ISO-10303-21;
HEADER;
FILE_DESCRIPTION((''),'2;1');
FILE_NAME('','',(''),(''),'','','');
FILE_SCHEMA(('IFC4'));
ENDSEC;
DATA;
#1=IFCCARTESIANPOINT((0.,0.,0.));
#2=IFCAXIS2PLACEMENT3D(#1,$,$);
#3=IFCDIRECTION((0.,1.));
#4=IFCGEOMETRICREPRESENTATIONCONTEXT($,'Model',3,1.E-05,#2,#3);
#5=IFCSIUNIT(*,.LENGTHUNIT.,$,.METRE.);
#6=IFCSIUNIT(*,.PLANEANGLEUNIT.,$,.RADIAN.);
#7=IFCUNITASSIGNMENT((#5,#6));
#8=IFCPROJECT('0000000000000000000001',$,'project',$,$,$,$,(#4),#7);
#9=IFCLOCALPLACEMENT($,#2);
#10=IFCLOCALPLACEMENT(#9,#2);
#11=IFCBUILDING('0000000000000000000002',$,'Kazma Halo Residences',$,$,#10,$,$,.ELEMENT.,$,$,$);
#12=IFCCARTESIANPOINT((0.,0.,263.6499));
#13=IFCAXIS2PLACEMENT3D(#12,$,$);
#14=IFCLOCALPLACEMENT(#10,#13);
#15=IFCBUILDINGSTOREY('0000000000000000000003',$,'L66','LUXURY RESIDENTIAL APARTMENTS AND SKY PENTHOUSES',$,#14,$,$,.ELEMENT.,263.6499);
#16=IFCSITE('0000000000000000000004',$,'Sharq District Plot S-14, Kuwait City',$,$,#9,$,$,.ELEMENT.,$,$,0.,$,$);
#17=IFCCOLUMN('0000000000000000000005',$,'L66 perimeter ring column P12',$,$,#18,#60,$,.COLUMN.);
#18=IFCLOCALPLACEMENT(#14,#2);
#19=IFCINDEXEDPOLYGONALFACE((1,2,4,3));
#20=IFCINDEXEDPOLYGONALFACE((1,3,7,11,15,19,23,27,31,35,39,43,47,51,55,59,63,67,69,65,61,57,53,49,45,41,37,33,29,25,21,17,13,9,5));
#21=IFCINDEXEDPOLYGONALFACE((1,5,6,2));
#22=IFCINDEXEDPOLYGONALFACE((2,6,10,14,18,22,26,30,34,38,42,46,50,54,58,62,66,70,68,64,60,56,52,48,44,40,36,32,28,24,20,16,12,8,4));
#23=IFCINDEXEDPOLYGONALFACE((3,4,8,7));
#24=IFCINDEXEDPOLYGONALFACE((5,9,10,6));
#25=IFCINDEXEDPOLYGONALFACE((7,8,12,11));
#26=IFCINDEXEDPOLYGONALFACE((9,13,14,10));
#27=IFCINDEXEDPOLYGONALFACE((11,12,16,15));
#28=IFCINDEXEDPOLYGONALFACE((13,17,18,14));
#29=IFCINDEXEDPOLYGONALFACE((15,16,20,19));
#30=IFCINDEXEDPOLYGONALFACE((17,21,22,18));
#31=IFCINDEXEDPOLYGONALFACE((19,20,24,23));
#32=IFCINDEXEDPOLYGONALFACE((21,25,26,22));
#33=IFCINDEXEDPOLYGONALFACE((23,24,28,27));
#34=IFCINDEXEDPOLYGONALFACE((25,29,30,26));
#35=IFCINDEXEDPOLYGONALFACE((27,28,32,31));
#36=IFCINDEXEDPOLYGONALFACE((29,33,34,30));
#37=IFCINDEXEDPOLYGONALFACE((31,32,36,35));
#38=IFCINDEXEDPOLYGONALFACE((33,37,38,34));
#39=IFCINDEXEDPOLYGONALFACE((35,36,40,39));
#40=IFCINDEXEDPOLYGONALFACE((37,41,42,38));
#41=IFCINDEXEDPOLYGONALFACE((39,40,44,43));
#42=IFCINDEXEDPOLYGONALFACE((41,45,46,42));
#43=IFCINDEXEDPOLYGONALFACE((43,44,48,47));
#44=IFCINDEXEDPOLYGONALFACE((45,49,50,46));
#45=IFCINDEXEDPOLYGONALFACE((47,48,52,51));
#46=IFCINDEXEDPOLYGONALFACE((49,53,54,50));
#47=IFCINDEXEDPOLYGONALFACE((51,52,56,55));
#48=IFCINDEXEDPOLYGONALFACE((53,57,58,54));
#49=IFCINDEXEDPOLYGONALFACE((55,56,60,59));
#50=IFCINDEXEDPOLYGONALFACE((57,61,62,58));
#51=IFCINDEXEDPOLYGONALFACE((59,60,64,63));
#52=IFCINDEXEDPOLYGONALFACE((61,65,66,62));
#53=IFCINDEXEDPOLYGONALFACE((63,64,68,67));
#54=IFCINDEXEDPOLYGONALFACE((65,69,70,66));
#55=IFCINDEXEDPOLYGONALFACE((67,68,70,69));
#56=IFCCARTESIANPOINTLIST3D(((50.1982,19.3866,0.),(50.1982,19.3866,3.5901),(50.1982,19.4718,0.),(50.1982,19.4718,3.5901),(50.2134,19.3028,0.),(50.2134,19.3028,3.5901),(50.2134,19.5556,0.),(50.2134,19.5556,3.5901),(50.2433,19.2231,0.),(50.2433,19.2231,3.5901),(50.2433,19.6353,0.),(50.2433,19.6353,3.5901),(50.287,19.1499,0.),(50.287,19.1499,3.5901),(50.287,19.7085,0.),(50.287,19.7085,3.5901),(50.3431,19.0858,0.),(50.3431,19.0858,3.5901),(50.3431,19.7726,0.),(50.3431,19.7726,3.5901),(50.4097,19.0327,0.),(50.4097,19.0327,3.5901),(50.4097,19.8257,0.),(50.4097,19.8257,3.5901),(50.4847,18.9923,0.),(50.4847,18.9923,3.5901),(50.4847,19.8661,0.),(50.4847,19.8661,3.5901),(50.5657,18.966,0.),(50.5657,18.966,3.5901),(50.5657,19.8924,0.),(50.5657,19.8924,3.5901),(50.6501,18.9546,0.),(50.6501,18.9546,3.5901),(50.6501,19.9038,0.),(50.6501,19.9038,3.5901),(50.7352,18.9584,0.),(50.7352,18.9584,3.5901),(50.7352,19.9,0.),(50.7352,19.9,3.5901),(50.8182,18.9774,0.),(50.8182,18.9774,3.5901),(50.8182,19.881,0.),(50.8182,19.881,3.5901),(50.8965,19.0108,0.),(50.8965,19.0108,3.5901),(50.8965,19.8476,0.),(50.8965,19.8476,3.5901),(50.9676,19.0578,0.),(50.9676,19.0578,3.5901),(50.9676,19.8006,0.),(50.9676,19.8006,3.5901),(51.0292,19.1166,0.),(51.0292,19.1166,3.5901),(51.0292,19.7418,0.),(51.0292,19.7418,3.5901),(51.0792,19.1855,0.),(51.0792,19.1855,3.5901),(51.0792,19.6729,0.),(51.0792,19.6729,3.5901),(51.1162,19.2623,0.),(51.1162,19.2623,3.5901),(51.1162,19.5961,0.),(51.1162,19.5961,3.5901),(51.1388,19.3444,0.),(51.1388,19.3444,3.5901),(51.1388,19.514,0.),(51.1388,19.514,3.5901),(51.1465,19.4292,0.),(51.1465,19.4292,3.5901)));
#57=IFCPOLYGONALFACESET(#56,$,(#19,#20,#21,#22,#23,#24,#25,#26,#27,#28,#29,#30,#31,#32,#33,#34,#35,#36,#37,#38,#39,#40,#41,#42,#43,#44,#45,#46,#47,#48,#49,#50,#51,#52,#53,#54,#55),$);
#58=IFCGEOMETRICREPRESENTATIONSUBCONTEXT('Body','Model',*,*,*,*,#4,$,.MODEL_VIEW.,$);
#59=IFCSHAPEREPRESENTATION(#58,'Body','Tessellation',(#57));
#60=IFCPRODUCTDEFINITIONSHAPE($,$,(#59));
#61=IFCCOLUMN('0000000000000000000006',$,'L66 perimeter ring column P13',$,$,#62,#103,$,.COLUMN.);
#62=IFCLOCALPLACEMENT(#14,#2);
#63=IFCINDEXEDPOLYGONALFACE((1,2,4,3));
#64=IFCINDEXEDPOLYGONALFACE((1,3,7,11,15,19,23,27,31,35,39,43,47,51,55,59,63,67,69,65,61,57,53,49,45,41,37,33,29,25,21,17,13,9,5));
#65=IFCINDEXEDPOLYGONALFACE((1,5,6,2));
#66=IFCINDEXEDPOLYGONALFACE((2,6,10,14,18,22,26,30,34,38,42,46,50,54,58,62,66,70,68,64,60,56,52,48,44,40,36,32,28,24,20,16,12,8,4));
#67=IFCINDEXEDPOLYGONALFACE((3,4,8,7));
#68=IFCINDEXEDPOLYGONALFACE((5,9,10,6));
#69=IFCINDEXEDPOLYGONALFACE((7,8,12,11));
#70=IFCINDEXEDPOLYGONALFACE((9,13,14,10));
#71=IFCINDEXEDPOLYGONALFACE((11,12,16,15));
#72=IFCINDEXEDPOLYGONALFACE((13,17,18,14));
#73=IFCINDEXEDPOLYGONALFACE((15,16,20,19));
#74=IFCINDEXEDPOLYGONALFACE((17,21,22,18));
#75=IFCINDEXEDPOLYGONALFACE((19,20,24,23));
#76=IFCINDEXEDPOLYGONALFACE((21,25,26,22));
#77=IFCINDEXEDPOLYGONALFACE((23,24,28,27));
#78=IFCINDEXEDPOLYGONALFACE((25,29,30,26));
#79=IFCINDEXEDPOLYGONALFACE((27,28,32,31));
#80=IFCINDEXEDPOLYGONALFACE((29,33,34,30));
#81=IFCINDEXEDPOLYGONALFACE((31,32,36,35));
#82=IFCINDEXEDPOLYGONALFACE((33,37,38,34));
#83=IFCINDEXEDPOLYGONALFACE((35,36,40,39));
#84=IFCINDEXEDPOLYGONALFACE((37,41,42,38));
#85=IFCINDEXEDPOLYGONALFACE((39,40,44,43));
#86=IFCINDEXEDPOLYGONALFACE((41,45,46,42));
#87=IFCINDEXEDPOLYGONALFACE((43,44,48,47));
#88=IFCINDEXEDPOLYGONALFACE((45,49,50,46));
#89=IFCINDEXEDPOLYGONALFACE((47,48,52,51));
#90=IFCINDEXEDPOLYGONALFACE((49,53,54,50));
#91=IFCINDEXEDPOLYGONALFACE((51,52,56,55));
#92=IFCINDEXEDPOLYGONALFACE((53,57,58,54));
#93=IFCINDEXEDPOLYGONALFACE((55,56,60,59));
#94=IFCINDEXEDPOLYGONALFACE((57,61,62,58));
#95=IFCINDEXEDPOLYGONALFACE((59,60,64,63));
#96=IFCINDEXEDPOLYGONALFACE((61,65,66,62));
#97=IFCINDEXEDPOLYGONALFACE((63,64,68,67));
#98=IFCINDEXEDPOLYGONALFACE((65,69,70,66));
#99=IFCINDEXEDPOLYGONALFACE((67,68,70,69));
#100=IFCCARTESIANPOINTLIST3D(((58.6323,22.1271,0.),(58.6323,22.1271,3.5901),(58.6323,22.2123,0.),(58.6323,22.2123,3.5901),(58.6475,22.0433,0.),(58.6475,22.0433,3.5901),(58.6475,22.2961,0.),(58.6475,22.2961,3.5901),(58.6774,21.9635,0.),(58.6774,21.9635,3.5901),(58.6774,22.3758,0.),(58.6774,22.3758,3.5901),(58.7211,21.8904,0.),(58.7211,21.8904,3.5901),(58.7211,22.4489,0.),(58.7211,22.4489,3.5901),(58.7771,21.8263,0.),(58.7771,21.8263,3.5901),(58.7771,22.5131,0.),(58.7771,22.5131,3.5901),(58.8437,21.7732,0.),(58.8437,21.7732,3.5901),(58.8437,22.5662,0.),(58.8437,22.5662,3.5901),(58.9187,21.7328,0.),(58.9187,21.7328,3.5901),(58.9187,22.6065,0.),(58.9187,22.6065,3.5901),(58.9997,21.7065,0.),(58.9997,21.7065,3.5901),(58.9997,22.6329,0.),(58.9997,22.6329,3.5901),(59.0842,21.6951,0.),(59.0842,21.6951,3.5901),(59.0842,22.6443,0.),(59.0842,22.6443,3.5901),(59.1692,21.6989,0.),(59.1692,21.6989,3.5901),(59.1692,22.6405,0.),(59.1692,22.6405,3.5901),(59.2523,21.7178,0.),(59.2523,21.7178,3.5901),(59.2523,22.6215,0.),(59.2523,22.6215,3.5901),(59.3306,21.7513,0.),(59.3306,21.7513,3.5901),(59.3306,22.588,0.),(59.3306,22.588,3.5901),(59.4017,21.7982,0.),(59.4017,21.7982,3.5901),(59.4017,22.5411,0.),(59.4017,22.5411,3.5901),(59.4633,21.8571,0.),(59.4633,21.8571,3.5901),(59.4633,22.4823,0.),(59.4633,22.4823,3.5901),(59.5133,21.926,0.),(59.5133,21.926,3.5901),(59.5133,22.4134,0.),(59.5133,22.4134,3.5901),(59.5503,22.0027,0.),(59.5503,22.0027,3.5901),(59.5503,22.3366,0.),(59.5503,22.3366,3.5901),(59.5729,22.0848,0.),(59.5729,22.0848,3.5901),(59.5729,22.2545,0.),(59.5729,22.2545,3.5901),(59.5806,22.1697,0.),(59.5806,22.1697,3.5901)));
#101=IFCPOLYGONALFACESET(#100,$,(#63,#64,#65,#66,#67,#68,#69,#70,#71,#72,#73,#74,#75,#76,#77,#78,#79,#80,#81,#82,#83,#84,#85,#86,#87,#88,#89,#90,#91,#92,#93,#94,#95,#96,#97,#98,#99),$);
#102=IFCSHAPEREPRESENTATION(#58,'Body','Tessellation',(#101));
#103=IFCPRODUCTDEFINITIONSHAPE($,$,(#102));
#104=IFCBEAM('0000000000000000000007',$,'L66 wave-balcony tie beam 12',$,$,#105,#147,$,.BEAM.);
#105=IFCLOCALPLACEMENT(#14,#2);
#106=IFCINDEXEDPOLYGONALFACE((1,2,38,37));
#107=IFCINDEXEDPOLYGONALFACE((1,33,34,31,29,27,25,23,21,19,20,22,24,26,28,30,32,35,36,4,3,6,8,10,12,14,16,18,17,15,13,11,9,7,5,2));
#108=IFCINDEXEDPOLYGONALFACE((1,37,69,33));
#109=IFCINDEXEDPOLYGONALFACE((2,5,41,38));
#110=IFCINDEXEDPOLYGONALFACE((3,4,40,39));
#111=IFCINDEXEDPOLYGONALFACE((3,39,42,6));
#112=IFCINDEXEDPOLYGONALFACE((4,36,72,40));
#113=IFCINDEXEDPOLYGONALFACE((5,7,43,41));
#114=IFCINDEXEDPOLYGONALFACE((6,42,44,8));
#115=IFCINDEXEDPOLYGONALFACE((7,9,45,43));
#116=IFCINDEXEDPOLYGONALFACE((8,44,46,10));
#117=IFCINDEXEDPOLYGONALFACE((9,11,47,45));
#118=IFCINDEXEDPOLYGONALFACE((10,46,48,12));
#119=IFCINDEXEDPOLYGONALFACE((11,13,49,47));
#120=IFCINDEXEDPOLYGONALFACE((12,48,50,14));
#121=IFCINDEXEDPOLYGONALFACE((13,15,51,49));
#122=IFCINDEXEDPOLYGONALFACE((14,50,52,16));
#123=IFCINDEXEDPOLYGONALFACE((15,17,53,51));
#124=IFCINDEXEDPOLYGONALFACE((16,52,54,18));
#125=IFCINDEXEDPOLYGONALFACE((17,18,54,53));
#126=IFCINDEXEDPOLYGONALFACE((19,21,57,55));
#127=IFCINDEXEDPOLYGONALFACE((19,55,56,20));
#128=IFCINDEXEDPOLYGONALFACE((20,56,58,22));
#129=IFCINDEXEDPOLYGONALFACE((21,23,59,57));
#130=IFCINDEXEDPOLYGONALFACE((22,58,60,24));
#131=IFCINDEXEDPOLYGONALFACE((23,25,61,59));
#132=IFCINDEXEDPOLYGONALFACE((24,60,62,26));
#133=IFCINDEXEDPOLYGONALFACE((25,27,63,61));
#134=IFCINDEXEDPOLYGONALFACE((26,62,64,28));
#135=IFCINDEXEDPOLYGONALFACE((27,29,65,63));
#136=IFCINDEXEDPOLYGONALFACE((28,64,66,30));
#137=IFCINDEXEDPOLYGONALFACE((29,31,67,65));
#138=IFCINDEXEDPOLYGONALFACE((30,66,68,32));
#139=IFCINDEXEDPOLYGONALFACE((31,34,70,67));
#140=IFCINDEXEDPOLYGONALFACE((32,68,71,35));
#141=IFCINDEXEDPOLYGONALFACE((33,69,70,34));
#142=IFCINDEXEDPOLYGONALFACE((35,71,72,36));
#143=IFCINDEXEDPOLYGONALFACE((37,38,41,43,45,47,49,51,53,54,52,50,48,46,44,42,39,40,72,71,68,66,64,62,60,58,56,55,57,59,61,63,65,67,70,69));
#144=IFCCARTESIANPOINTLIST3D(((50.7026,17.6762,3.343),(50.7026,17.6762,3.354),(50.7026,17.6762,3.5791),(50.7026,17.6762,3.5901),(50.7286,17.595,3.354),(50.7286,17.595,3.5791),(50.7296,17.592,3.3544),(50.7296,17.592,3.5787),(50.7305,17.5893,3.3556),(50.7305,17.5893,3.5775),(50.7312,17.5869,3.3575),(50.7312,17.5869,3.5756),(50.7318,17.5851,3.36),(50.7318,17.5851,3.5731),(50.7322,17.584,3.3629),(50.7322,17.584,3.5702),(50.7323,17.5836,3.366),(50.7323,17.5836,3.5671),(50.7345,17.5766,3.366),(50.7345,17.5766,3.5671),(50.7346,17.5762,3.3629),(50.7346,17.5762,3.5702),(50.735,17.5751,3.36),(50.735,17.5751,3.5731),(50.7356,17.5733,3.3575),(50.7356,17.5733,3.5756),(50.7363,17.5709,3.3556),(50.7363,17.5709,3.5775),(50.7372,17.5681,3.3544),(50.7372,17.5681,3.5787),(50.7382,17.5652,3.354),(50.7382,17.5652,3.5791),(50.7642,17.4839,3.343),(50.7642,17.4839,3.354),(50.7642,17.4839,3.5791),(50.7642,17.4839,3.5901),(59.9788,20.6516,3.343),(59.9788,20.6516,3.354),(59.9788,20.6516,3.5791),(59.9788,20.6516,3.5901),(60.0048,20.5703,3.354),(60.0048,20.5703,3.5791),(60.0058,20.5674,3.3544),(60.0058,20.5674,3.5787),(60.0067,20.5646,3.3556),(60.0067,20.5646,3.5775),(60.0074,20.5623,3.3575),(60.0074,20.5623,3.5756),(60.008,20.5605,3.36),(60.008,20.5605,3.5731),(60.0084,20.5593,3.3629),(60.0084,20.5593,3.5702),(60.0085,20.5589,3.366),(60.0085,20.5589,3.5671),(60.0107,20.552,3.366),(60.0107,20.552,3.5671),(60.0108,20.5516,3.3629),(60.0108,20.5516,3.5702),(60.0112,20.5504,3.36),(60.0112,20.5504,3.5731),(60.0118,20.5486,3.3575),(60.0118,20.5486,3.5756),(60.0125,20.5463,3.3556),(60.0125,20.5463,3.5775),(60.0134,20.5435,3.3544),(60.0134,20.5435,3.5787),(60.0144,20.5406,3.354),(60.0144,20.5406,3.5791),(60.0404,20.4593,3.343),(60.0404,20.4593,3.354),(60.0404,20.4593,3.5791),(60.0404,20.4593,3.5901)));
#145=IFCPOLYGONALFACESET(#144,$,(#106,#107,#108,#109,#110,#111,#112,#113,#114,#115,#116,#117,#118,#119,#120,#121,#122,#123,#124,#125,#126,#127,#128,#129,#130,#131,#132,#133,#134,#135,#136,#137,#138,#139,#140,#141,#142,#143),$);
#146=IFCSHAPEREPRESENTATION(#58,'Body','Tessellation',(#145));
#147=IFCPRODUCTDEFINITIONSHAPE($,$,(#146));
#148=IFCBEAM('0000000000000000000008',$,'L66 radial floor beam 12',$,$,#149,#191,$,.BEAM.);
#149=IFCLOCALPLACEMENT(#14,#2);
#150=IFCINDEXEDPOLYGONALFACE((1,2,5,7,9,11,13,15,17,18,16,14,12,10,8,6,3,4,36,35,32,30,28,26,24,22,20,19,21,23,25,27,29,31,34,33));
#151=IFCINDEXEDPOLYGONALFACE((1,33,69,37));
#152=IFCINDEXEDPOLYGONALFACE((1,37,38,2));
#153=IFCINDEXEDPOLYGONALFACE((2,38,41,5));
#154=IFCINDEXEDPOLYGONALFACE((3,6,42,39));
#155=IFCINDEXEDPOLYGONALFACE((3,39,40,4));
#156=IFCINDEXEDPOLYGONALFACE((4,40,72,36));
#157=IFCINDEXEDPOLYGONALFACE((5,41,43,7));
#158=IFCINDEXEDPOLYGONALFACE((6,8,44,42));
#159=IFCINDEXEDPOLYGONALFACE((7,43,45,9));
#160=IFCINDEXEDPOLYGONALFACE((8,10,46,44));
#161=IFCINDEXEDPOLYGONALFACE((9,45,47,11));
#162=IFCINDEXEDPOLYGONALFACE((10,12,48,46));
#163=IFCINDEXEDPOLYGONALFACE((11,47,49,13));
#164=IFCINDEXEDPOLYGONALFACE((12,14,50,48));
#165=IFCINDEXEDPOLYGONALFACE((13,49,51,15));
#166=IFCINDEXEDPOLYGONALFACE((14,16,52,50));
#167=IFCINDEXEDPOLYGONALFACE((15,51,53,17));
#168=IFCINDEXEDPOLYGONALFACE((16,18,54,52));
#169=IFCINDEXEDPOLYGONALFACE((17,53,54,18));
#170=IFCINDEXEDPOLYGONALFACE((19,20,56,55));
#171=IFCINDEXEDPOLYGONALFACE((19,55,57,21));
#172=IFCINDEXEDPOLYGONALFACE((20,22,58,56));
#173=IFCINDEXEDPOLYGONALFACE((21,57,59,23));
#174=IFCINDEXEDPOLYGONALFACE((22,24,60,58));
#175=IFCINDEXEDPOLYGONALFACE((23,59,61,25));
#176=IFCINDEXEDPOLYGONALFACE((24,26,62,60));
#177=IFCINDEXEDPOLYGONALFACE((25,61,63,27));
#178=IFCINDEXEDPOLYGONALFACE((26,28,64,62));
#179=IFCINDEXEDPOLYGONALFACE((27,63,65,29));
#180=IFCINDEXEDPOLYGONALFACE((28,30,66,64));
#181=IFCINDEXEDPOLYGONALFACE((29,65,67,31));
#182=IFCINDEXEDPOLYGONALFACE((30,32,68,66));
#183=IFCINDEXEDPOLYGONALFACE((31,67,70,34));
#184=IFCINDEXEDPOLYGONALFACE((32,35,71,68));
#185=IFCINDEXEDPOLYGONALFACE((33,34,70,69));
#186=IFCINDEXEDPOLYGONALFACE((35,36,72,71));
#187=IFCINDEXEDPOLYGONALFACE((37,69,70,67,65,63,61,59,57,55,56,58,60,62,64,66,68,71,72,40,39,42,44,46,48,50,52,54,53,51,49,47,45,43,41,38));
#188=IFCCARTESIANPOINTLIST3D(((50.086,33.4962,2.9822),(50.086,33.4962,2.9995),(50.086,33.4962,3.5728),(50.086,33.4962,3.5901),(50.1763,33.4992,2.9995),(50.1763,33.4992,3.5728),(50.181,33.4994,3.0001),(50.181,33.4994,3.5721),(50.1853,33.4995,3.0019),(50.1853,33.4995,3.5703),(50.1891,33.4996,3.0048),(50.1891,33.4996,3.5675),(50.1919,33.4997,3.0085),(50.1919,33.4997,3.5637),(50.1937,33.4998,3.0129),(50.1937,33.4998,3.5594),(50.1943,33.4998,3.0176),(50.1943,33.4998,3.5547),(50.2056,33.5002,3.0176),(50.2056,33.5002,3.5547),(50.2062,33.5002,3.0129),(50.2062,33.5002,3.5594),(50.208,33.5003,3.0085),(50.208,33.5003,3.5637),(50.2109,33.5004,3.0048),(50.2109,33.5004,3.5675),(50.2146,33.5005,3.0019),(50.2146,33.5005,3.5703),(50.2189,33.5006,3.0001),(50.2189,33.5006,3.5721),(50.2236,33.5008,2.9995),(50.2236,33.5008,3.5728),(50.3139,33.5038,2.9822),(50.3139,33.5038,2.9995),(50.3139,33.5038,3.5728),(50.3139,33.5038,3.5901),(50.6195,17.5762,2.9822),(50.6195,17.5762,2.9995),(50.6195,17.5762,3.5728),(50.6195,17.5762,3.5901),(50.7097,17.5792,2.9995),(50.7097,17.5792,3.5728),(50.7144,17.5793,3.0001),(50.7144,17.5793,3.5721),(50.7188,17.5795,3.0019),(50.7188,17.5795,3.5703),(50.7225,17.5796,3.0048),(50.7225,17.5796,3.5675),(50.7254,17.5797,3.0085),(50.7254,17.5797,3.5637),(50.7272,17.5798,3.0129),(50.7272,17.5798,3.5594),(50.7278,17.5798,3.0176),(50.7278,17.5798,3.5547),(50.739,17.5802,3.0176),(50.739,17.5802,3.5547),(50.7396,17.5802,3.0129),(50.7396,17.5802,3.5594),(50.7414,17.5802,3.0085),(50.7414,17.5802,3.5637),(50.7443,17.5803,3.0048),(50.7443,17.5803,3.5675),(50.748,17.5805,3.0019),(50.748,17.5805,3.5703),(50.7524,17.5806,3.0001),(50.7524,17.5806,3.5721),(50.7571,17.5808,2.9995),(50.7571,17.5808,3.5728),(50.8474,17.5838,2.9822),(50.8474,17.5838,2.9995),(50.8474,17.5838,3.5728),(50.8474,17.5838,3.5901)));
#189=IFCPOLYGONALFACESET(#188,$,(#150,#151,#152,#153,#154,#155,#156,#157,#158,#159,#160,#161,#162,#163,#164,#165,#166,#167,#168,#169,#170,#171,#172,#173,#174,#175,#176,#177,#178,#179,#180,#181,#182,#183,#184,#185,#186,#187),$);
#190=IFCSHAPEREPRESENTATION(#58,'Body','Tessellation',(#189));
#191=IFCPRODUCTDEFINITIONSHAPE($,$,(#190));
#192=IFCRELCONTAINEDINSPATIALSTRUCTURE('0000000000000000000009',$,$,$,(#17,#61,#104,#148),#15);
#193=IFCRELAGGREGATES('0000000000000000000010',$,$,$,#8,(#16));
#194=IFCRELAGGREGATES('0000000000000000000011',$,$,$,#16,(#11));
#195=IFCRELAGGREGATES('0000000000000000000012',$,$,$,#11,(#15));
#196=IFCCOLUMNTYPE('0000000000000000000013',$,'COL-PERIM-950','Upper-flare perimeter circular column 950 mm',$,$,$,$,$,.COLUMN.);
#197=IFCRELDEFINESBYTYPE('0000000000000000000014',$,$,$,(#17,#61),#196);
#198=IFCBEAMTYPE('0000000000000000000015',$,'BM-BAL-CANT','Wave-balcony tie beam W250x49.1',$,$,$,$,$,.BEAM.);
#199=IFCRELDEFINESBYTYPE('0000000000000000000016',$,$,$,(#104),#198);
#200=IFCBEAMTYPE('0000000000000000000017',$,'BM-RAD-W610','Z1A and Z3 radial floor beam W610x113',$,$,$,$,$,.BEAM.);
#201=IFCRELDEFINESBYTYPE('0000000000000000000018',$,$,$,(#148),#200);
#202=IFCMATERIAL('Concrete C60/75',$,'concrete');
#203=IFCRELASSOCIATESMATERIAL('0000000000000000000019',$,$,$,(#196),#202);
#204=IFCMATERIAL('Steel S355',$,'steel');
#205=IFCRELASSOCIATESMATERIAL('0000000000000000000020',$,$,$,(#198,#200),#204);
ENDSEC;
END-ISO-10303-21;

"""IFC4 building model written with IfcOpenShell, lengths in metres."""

from ifc_helpers import new_model, si_unit, direction, frame, origin, origin_2d, place, context, subcontext, project, spatial, circle, i_section, extrude, material, material_profile, profile_set, type_object, element, save


model = new_model("IFC4")

# Units and contexts
model_context = context("Model", 3, precision=1e-05, world=origin(), true_north=direction((0.0, 1.0)))
body_context = subcontext(model_context, "Body", "Model", "MODEL_VIEW")
ifc_project = project(units=[si_unit("LENGTHUNIT", "METRE"), si_unit("PLANEANGLEUNIT", "RADIAN")], contexts=[model_context])

# Site, building, storey
site_placement = place(None, origin())
site = spatial("IfcSite", under=ifc_project, at=site_placement, Name="Sharq District Plot S-14, Kuwait City", CompositionType="ELEMENT", RefElevation=0.0)
building_placement = place(site_placement, origin())
building = spatial("IfcBuilding", under=site, at=building_placement, Name="Kazma Halo Residences", CompositionType="ELEMENT")
storey_placement = place(building_placement, frame((0.0, 0.0, 263.6499)))
storey = spatial("IfcBuildingStorey", under=building, at=storey_placement, Name="L66", Description="LUXURY RESIDENTIAL APARTMENTS AND SKY PENTHOUSES", CompositionType="ELEMENT", Elevation=263.6499)

# Columns
ifc_material_1 = material(Name="Concrete C60/75", Category="concrete")
ifc_material_profile_1 = material_profile(ifc_material_1, circle(Radius=0.4751, at=origin_2d()), Name="CIRC950")
ifc_profile_set_1 = profile_set([ifc_material_profile_1], Name="Concrete C60/75")
column_type = type_object("IfcColumnType", Name="COL-PERIM-950", Description="Upper-flare perimeter circular column 950 mm", PredefinedType="COLUMN", material=ifc_profile_set_1)
for number, where, z_axis, x_axis, name in (
    (1, (50.6714, 19.4292, 0.0), (0.0, 0.0, 1.0), (1.0, 0.0, 0.0), "L66 perimeter ring column P12"),
    (2, (59.1055, 22.1697, 0.0), (0.0, 0.0, 1.0), (1.0, 0.0, 0.0), "L66 perimeter ring column P13"),
):
    element("IfcColumn", number, at=place(storey_placement, frame(where, z_axis=z_axis, x_axis=x_axis)), inside=storey, type_object=column_type, Name=name, PredefinedType="COLUMN", context=body_context, shape_type="SweptSolid", body=[
        extrude(circle(Radius=0.4751, at=origin_2d()), origin(), (0.0, 0.0, 1.0), 3.5901),
    ])

# Beams
ifc_material_2 = material(Name="Steel S355", Category="steel")
ifc_material_profile_2 = material_profile(ifc_material_2, i_section(OverallWidth=0.2019, OverallDepth=0.2471, WebThickness=0.0073, FlangeThickness=0.011, FilletRadius=0.012, at=origin_2d()), Name="W250x49.1")
ifc_profile_set_2 = profile_set([ifc_material_profile_2], Name="Steel S355")
beam_type_1 = type_object("IfcBeamType", Name="BM-BAL-CANT", Description="Wave-balcony tie beam W250x49.1", PredefinedType="BEAM", material=ifc_profile_set_2)
beam_1_placement = place(storey_placement, frame((50.7334, 17.5801, 3.4666), z_axis=(0.952216, 0.305426, 0.0), x_axis=(-0.305426, 0.952216, 0.0)))
element("IfcBeam", 3, at=beam_1_placement, inside=storey, type_object=beam_type_1, Name="L66 wave-balcony tie beam 12", PredefinedType="BEAM", context=body_context, shape_type="SweptSolid", body=[
    extrude(i_section(OverallWidth=0.2019, OverallDepth=0.2471, WebThickness=0.0073, FlangeThickness=0.011, FilletRadius=0.012, at=origin_2d()), origin(), (0.0, 0.0, 1.0), 9.7417),
])
ifc_material_profile_3 = material_profile(ifc_material_2, i_section(OverallWidth=0.228, OverallDepth=0.6079, WebThickness=0.0112, FlangeThickness=0.0173, FilletRadius=0.0181, at=origin_2d()), Name="W610x113")
ifc_profile_set_3 = profile_set([ifc_material_profile_3], Name="Steel S355")
beam_type_2 = type_object("IfcBeamType", Name="BM-RAD-W610", Description="Z1A and Z3 radial floor beam W610x113", PredefinedType="BEAM", material=ifc_profile_set_3)
beam_2_placement = place(storey_placement, frame((50.2, 33.5, 3.2861), z_axis=(0.033489, -0.999439, 0.0), x_axis=(0.999439, 0.033489, 0.0)))
element("IfcBeam", 4, at=beam_2_placement, inside=storey, type_object=beam_type_2, Name="L66 radial floor beam 12", PredefinedType="BEAM", context=body_context, shape_type="SweptSolid", body=[
    extrude(i_section(OverallWidth=0.228, OverallDepth=0.6079, WebThickness=0.0112, FlangeThickness=0.0173, FilletRadius=0.0181, at=origin_2d()), origin(), (0.0, 0.0, 1.0), 15.929),
])

save(model, "model.ifc")
